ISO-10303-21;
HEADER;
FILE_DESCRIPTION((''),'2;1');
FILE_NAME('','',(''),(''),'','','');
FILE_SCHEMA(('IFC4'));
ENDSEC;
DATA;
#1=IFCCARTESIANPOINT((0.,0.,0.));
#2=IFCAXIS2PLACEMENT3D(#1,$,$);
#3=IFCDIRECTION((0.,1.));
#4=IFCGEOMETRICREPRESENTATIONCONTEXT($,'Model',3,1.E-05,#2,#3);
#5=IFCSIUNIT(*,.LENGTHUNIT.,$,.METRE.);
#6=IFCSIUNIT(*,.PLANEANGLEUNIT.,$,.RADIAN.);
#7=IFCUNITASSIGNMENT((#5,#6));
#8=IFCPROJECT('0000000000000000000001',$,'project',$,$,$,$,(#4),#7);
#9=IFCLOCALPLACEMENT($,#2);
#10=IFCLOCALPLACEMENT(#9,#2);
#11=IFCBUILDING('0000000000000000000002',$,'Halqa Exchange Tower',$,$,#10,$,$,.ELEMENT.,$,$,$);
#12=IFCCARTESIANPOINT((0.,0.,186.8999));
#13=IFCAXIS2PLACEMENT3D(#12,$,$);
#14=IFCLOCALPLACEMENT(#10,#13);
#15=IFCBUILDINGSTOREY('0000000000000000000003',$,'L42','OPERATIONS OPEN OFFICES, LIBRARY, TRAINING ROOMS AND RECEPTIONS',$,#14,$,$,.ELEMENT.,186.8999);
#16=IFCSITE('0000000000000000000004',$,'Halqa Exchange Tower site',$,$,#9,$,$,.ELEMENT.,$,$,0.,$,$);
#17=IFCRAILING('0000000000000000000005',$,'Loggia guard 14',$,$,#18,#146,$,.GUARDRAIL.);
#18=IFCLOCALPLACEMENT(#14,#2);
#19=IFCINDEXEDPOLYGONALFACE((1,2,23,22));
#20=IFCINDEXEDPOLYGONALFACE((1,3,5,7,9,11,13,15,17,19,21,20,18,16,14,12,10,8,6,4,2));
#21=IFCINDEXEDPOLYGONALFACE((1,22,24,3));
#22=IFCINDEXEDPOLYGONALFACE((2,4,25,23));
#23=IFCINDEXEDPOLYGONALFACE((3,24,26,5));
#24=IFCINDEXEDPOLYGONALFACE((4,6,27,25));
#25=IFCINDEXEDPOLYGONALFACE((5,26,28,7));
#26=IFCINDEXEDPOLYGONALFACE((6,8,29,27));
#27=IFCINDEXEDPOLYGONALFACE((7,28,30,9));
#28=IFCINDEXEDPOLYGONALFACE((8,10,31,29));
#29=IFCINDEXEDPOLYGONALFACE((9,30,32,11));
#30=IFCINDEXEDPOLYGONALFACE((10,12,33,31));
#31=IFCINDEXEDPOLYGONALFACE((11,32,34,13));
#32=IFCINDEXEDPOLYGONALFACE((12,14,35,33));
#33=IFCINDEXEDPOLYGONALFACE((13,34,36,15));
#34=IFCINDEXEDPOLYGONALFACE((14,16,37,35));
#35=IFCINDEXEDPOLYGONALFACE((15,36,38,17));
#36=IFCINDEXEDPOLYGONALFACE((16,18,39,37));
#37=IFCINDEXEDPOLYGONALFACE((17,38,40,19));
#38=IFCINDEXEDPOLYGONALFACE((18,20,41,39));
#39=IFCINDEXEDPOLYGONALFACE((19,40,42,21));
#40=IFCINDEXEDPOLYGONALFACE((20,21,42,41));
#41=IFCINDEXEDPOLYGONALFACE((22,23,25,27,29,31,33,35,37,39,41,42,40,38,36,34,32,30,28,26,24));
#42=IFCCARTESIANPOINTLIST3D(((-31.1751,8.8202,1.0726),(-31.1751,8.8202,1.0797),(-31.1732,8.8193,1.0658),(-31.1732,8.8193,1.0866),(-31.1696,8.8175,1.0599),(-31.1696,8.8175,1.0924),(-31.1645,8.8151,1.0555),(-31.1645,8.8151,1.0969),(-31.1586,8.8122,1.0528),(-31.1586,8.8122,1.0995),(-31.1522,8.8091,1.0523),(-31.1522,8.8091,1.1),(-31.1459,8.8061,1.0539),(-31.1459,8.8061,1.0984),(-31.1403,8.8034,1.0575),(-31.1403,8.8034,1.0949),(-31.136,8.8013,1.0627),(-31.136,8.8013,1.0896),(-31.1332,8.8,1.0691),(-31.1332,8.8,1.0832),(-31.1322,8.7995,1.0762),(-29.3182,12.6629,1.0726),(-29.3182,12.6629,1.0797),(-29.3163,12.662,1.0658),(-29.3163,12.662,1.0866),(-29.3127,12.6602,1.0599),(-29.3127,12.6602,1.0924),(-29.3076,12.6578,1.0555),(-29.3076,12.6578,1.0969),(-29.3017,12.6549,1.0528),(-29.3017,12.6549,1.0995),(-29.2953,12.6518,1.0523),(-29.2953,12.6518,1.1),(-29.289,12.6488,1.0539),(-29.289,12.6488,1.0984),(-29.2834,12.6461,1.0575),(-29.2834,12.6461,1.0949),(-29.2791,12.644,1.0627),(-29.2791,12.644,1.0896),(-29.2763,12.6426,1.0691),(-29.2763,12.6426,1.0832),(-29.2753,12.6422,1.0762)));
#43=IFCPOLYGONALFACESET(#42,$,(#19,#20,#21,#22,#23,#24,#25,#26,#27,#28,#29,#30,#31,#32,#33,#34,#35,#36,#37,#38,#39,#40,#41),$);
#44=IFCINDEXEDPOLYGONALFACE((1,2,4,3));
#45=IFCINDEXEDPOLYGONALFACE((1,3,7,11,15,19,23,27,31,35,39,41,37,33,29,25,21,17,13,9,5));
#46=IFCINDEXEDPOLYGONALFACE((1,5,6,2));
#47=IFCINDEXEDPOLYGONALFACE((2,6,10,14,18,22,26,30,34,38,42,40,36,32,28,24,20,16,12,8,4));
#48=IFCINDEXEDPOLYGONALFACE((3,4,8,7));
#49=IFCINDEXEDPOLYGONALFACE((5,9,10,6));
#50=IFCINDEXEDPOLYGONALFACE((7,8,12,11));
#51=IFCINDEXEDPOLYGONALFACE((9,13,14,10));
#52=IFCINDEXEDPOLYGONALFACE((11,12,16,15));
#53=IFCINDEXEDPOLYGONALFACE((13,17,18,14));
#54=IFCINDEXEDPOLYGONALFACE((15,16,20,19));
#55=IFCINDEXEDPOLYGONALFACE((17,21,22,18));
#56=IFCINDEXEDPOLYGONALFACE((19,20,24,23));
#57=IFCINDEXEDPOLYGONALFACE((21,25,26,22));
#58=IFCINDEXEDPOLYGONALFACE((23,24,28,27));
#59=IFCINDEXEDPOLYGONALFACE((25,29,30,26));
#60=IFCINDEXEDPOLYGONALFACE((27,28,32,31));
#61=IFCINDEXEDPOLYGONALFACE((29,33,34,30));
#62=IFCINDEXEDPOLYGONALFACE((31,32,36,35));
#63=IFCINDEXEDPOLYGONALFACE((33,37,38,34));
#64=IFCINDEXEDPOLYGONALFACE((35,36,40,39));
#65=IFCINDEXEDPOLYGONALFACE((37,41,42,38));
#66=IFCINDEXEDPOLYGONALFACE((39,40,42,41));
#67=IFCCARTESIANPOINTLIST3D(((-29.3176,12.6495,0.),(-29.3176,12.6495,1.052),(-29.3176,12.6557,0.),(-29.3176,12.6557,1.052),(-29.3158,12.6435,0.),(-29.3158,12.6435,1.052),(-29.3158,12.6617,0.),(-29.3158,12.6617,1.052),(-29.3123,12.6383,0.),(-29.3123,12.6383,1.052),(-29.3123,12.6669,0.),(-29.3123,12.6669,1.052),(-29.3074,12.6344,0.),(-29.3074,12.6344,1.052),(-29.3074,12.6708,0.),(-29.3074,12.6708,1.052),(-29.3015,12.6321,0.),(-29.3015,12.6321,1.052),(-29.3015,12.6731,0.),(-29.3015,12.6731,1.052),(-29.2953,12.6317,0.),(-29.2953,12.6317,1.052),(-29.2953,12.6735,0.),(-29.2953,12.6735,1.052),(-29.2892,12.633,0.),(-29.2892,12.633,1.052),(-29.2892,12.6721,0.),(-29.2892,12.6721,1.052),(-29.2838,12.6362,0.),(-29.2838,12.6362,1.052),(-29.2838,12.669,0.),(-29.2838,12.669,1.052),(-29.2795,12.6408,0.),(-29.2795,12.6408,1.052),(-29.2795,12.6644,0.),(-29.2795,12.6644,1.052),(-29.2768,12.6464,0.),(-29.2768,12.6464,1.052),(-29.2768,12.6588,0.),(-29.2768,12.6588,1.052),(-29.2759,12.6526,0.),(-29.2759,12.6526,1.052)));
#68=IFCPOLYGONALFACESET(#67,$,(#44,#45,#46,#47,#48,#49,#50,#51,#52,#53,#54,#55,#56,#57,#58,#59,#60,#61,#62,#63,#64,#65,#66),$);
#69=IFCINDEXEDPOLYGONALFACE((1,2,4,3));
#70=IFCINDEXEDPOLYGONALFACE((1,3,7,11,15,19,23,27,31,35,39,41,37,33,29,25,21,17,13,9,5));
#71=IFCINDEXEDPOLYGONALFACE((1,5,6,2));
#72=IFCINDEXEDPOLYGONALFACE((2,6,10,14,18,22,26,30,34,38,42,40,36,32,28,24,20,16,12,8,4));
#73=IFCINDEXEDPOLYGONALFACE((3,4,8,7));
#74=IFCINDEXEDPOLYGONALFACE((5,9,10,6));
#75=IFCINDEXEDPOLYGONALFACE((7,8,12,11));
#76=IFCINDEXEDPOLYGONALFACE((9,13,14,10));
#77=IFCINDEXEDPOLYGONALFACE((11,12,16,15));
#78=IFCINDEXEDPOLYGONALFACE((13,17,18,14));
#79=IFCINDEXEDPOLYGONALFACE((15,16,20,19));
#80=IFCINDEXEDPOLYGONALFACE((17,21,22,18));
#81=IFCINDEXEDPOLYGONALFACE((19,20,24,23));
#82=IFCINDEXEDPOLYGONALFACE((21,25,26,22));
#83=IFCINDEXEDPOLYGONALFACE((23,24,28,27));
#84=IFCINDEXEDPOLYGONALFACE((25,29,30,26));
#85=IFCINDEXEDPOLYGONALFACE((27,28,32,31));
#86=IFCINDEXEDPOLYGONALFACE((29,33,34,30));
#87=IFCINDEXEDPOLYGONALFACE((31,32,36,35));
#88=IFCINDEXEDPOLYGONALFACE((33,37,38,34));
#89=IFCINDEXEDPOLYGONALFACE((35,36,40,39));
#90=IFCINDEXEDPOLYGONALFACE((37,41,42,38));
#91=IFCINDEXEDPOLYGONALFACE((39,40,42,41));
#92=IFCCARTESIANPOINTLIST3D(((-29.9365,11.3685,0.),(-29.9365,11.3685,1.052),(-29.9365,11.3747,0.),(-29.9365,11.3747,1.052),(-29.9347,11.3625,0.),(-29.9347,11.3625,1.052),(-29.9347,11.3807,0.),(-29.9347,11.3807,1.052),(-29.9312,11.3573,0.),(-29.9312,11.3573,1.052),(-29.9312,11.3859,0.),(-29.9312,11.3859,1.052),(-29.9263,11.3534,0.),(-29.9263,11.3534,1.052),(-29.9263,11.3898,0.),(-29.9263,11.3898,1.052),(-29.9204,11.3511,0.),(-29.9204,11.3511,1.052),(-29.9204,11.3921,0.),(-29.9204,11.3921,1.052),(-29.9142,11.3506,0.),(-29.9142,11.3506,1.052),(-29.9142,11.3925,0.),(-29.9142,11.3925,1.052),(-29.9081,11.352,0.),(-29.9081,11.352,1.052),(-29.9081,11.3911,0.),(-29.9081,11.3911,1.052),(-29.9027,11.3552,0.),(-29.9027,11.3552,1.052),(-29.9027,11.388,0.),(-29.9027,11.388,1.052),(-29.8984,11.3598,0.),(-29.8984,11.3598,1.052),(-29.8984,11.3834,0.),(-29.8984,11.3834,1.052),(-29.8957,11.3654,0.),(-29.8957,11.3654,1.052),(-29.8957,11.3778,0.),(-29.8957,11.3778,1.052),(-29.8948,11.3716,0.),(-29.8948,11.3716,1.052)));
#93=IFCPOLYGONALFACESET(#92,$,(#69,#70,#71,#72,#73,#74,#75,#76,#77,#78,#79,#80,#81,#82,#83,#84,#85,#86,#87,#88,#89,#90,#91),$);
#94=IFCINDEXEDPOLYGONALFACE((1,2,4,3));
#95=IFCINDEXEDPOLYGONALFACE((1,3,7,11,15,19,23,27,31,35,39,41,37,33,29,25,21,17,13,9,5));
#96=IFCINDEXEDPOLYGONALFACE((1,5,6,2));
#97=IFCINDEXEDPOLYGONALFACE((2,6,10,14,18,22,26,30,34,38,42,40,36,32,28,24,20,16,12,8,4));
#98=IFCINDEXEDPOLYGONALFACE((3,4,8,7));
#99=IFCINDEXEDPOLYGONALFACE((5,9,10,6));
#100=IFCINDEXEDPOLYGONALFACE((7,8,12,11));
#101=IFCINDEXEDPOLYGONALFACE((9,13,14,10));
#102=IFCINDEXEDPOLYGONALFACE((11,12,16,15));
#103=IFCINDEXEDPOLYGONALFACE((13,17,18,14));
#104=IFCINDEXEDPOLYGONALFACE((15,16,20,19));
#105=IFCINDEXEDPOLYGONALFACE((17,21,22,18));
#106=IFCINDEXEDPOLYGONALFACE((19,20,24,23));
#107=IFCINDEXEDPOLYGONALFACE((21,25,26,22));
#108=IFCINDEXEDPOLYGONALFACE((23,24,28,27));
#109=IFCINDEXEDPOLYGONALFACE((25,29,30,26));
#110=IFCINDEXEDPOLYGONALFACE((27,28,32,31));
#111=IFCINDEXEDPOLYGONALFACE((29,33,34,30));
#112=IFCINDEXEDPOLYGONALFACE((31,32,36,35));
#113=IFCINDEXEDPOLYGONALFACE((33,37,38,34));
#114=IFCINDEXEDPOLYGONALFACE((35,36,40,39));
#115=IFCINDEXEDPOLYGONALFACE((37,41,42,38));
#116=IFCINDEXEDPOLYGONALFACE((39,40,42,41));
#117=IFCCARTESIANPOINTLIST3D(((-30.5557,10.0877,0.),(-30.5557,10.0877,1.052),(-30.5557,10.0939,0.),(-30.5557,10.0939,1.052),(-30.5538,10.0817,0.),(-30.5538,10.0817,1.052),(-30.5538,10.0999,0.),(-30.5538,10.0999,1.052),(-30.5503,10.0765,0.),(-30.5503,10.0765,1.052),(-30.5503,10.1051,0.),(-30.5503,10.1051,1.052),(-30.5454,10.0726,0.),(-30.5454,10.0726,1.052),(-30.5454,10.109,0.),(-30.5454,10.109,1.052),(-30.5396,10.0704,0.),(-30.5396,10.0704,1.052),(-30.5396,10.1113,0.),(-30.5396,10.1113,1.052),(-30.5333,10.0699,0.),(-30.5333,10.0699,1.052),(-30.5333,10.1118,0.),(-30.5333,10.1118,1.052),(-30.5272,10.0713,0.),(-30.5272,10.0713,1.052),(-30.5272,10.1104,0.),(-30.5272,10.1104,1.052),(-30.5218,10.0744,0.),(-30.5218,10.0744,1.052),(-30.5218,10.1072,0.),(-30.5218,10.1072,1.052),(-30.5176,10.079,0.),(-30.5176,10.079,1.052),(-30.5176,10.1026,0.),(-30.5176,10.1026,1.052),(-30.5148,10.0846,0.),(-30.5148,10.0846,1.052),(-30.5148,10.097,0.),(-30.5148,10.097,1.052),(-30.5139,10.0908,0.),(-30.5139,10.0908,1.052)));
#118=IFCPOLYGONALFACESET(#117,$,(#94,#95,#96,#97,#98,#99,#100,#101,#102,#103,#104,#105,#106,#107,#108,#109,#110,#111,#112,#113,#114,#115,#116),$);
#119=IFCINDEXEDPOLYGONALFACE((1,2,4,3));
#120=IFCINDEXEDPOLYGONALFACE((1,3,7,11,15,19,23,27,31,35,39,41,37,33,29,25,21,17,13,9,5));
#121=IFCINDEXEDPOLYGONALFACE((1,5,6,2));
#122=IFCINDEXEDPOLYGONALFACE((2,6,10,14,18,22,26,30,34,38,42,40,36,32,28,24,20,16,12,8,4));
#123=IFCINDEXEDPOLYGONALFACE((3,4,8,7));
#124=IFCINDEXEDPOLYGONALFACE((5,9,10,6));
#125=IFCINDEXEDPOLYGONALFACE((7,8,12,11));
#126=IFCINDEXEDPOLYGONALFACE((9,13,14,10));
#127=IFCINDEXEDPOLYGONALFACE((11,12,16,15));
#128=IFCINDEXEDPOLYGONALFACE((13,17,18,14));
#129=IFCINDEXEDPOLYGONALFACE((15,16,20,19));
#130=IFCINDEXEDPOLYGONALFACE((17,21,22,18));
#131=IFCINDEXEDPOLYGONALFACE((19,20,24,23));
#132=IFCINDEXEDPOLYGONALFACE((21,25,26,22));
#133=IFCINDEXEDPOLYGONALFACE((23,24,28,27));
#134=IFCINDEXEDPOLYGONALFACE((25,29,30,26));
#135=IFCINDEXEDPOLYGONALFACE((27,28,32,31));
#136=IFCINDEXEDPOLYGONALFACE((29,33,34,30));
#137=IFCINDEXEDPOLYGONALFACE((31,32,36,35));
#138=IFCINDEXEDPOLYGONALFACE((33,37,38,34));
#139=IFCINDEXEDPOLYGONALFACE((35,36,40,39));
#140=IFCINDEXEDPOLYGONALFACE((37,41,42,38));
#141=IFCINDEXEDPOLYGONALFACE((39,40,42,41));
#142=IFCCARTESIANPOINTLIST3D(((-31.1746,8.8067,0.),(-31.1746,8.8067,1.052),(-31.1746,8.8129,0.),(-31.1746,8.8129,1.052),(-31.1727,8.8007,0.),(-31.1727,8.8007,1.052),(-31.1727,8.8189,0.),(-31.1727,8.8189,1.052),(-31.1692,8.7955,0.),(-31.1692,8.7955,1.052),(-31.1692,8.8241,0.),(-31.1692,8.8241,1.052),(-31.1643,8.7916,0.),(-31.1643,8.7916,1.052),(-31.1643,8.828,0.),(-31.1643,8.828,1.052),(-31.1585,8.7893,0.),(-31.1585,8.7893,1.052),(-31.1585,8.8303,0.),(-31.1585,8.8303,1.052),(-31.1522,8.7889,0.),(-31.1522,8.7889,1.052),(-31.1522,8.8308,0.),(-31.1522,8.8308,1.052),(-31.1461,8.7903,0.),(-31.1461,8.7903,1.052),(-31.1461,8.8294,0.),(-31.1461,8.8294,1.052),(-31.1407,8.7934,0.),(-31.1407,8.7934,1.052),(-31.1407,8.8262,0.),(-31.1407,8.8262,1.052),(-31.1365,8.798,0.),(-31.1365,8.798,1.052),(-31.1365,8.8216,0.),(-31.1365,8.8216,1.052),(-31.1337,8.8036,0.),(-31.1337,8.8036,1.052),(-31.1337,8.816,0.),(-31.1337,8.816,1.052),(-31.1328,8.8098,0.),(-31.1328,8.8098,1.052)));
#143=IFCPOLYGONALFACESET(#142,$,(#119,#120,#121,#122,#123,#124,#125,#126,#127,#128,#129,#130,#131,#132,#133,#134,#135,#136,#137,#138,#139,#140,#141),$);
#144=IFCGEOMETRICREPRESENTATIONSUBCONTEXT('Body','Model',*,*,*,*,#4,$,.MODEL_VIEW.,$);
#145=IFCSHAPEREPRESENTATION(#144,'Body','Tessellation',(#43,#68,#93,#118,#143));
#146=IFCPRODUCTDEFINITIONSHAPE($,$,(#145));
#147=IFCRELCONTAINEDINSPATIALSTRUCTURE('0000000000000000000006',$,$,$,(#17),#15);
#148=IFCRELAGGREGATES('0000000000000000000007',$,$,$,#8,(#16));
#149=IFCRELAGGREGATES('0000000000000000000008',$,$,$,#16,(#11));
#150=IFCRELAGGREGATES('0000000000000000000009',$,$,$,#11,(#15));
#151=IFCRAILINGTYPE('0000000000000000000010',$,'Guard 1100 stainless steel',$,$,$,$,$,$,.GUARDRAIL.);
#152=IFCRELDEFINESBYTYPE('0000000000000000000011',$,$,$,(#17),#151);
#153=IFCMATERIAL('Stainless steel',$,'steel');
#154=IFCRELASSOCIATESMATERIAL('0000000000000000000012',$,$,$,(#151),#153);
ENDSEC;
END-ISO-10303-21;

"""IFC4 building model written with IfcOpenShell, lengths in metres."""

from ifc_helpers import new_model, si_unit, direction, frame, origin, origin_2d, place, context, subcontext, project, spatial, circle, extrude, material, type_object, element, save


model = new_model("IFC4")

# Units and contexts
model_context = context("Model", 3, precision=1e-05, world=origin(), true_north=direction((0.0, 1.0)))
body_context = subcontext(model_context, "Body", "Model", "MODEL_VIEW")
ifc_project = project(units=[si_unit("LENGTHUNIT", "METRE"), si_unit("PLANEANGLEUNIT", "RADIAN")], contexts=[model_context])

# Site, building, storey
site_placement = place(None, origin())
site = spatial("IfcSite", under=ifc_project, at=site_placement, Name="Halqa Exchange Tower site", CompositionType="ELEMENT", RefElevation=0.0)
building_placement = place(site_placement, origin())
building = spatial("IfcBuilding", under=site, at=building_placement, Name="Halqa Exchange Tower", CompositionType="ELEMENT")
storey_placement = place(building_placement, frame((0.0, 0.0, 186.8999)))
storey = spatial("IfcBuildingStorey", under=building, at=storey_placement, Name="L42", Description="OPERATIONS OPEN OFFICES, LIBRARY, TRAINING ROOMS AND RECEPTIONS", CompositionType="ELEMENT", Elevation=186.8999)

# Railing
ifc_material_1 = material(Name="Stainless steel", Category="steel")
railing_type = type_object("IfcRailingType", Name="Guard 1100 stainless steel", PredefinedType="GUARDRAIL", material=ifc_material_1)
railing_1_placement = place(storey_placement, frame((-29.2969, 12.6526, 0.0)))
element("IfcRailing", 1, at=railing_1_placement, inside=storey, type_object=railing_type, Name="Loggia guard 14", PredefinedType="GUARDRAIL", context=body_context, shape_type="SweptSolid", body=[
    extrude(circle(Radius=0.0239, at=origin_2d()), frame((0.0, 0.0, 1.0762), z_axis=(-0.435091, -0.900386, 0.0), x_axis=(0.900386, -0.435091, 0.0)), (0.0, 0.0, 1.0), 4.2678),
    extrude(circle(Radius=0.021, at=origin_2d()), origin(), (0.0, 0.0, 1.0), 1.052),
    extrude(circle(Radius=0.021, at=origin_2d()), frame((-0.6189, -1.281, 0.0)), (0.0, 0.0, 1.0), 1.052),
    extrude(circle(Radius=0.021, at=origin_2d()), frame((-1.238, -2.5618, 0.0)), (0.0, 0.0, 1.0), 1.052),
    extrude(circle(Radius=0.021, at=origin_2d()), frame((-1.8569, -3.8428, 0.0)), (0.0, 0.0, 1.0), 1.052),
])

save(model, "model.ifc")
